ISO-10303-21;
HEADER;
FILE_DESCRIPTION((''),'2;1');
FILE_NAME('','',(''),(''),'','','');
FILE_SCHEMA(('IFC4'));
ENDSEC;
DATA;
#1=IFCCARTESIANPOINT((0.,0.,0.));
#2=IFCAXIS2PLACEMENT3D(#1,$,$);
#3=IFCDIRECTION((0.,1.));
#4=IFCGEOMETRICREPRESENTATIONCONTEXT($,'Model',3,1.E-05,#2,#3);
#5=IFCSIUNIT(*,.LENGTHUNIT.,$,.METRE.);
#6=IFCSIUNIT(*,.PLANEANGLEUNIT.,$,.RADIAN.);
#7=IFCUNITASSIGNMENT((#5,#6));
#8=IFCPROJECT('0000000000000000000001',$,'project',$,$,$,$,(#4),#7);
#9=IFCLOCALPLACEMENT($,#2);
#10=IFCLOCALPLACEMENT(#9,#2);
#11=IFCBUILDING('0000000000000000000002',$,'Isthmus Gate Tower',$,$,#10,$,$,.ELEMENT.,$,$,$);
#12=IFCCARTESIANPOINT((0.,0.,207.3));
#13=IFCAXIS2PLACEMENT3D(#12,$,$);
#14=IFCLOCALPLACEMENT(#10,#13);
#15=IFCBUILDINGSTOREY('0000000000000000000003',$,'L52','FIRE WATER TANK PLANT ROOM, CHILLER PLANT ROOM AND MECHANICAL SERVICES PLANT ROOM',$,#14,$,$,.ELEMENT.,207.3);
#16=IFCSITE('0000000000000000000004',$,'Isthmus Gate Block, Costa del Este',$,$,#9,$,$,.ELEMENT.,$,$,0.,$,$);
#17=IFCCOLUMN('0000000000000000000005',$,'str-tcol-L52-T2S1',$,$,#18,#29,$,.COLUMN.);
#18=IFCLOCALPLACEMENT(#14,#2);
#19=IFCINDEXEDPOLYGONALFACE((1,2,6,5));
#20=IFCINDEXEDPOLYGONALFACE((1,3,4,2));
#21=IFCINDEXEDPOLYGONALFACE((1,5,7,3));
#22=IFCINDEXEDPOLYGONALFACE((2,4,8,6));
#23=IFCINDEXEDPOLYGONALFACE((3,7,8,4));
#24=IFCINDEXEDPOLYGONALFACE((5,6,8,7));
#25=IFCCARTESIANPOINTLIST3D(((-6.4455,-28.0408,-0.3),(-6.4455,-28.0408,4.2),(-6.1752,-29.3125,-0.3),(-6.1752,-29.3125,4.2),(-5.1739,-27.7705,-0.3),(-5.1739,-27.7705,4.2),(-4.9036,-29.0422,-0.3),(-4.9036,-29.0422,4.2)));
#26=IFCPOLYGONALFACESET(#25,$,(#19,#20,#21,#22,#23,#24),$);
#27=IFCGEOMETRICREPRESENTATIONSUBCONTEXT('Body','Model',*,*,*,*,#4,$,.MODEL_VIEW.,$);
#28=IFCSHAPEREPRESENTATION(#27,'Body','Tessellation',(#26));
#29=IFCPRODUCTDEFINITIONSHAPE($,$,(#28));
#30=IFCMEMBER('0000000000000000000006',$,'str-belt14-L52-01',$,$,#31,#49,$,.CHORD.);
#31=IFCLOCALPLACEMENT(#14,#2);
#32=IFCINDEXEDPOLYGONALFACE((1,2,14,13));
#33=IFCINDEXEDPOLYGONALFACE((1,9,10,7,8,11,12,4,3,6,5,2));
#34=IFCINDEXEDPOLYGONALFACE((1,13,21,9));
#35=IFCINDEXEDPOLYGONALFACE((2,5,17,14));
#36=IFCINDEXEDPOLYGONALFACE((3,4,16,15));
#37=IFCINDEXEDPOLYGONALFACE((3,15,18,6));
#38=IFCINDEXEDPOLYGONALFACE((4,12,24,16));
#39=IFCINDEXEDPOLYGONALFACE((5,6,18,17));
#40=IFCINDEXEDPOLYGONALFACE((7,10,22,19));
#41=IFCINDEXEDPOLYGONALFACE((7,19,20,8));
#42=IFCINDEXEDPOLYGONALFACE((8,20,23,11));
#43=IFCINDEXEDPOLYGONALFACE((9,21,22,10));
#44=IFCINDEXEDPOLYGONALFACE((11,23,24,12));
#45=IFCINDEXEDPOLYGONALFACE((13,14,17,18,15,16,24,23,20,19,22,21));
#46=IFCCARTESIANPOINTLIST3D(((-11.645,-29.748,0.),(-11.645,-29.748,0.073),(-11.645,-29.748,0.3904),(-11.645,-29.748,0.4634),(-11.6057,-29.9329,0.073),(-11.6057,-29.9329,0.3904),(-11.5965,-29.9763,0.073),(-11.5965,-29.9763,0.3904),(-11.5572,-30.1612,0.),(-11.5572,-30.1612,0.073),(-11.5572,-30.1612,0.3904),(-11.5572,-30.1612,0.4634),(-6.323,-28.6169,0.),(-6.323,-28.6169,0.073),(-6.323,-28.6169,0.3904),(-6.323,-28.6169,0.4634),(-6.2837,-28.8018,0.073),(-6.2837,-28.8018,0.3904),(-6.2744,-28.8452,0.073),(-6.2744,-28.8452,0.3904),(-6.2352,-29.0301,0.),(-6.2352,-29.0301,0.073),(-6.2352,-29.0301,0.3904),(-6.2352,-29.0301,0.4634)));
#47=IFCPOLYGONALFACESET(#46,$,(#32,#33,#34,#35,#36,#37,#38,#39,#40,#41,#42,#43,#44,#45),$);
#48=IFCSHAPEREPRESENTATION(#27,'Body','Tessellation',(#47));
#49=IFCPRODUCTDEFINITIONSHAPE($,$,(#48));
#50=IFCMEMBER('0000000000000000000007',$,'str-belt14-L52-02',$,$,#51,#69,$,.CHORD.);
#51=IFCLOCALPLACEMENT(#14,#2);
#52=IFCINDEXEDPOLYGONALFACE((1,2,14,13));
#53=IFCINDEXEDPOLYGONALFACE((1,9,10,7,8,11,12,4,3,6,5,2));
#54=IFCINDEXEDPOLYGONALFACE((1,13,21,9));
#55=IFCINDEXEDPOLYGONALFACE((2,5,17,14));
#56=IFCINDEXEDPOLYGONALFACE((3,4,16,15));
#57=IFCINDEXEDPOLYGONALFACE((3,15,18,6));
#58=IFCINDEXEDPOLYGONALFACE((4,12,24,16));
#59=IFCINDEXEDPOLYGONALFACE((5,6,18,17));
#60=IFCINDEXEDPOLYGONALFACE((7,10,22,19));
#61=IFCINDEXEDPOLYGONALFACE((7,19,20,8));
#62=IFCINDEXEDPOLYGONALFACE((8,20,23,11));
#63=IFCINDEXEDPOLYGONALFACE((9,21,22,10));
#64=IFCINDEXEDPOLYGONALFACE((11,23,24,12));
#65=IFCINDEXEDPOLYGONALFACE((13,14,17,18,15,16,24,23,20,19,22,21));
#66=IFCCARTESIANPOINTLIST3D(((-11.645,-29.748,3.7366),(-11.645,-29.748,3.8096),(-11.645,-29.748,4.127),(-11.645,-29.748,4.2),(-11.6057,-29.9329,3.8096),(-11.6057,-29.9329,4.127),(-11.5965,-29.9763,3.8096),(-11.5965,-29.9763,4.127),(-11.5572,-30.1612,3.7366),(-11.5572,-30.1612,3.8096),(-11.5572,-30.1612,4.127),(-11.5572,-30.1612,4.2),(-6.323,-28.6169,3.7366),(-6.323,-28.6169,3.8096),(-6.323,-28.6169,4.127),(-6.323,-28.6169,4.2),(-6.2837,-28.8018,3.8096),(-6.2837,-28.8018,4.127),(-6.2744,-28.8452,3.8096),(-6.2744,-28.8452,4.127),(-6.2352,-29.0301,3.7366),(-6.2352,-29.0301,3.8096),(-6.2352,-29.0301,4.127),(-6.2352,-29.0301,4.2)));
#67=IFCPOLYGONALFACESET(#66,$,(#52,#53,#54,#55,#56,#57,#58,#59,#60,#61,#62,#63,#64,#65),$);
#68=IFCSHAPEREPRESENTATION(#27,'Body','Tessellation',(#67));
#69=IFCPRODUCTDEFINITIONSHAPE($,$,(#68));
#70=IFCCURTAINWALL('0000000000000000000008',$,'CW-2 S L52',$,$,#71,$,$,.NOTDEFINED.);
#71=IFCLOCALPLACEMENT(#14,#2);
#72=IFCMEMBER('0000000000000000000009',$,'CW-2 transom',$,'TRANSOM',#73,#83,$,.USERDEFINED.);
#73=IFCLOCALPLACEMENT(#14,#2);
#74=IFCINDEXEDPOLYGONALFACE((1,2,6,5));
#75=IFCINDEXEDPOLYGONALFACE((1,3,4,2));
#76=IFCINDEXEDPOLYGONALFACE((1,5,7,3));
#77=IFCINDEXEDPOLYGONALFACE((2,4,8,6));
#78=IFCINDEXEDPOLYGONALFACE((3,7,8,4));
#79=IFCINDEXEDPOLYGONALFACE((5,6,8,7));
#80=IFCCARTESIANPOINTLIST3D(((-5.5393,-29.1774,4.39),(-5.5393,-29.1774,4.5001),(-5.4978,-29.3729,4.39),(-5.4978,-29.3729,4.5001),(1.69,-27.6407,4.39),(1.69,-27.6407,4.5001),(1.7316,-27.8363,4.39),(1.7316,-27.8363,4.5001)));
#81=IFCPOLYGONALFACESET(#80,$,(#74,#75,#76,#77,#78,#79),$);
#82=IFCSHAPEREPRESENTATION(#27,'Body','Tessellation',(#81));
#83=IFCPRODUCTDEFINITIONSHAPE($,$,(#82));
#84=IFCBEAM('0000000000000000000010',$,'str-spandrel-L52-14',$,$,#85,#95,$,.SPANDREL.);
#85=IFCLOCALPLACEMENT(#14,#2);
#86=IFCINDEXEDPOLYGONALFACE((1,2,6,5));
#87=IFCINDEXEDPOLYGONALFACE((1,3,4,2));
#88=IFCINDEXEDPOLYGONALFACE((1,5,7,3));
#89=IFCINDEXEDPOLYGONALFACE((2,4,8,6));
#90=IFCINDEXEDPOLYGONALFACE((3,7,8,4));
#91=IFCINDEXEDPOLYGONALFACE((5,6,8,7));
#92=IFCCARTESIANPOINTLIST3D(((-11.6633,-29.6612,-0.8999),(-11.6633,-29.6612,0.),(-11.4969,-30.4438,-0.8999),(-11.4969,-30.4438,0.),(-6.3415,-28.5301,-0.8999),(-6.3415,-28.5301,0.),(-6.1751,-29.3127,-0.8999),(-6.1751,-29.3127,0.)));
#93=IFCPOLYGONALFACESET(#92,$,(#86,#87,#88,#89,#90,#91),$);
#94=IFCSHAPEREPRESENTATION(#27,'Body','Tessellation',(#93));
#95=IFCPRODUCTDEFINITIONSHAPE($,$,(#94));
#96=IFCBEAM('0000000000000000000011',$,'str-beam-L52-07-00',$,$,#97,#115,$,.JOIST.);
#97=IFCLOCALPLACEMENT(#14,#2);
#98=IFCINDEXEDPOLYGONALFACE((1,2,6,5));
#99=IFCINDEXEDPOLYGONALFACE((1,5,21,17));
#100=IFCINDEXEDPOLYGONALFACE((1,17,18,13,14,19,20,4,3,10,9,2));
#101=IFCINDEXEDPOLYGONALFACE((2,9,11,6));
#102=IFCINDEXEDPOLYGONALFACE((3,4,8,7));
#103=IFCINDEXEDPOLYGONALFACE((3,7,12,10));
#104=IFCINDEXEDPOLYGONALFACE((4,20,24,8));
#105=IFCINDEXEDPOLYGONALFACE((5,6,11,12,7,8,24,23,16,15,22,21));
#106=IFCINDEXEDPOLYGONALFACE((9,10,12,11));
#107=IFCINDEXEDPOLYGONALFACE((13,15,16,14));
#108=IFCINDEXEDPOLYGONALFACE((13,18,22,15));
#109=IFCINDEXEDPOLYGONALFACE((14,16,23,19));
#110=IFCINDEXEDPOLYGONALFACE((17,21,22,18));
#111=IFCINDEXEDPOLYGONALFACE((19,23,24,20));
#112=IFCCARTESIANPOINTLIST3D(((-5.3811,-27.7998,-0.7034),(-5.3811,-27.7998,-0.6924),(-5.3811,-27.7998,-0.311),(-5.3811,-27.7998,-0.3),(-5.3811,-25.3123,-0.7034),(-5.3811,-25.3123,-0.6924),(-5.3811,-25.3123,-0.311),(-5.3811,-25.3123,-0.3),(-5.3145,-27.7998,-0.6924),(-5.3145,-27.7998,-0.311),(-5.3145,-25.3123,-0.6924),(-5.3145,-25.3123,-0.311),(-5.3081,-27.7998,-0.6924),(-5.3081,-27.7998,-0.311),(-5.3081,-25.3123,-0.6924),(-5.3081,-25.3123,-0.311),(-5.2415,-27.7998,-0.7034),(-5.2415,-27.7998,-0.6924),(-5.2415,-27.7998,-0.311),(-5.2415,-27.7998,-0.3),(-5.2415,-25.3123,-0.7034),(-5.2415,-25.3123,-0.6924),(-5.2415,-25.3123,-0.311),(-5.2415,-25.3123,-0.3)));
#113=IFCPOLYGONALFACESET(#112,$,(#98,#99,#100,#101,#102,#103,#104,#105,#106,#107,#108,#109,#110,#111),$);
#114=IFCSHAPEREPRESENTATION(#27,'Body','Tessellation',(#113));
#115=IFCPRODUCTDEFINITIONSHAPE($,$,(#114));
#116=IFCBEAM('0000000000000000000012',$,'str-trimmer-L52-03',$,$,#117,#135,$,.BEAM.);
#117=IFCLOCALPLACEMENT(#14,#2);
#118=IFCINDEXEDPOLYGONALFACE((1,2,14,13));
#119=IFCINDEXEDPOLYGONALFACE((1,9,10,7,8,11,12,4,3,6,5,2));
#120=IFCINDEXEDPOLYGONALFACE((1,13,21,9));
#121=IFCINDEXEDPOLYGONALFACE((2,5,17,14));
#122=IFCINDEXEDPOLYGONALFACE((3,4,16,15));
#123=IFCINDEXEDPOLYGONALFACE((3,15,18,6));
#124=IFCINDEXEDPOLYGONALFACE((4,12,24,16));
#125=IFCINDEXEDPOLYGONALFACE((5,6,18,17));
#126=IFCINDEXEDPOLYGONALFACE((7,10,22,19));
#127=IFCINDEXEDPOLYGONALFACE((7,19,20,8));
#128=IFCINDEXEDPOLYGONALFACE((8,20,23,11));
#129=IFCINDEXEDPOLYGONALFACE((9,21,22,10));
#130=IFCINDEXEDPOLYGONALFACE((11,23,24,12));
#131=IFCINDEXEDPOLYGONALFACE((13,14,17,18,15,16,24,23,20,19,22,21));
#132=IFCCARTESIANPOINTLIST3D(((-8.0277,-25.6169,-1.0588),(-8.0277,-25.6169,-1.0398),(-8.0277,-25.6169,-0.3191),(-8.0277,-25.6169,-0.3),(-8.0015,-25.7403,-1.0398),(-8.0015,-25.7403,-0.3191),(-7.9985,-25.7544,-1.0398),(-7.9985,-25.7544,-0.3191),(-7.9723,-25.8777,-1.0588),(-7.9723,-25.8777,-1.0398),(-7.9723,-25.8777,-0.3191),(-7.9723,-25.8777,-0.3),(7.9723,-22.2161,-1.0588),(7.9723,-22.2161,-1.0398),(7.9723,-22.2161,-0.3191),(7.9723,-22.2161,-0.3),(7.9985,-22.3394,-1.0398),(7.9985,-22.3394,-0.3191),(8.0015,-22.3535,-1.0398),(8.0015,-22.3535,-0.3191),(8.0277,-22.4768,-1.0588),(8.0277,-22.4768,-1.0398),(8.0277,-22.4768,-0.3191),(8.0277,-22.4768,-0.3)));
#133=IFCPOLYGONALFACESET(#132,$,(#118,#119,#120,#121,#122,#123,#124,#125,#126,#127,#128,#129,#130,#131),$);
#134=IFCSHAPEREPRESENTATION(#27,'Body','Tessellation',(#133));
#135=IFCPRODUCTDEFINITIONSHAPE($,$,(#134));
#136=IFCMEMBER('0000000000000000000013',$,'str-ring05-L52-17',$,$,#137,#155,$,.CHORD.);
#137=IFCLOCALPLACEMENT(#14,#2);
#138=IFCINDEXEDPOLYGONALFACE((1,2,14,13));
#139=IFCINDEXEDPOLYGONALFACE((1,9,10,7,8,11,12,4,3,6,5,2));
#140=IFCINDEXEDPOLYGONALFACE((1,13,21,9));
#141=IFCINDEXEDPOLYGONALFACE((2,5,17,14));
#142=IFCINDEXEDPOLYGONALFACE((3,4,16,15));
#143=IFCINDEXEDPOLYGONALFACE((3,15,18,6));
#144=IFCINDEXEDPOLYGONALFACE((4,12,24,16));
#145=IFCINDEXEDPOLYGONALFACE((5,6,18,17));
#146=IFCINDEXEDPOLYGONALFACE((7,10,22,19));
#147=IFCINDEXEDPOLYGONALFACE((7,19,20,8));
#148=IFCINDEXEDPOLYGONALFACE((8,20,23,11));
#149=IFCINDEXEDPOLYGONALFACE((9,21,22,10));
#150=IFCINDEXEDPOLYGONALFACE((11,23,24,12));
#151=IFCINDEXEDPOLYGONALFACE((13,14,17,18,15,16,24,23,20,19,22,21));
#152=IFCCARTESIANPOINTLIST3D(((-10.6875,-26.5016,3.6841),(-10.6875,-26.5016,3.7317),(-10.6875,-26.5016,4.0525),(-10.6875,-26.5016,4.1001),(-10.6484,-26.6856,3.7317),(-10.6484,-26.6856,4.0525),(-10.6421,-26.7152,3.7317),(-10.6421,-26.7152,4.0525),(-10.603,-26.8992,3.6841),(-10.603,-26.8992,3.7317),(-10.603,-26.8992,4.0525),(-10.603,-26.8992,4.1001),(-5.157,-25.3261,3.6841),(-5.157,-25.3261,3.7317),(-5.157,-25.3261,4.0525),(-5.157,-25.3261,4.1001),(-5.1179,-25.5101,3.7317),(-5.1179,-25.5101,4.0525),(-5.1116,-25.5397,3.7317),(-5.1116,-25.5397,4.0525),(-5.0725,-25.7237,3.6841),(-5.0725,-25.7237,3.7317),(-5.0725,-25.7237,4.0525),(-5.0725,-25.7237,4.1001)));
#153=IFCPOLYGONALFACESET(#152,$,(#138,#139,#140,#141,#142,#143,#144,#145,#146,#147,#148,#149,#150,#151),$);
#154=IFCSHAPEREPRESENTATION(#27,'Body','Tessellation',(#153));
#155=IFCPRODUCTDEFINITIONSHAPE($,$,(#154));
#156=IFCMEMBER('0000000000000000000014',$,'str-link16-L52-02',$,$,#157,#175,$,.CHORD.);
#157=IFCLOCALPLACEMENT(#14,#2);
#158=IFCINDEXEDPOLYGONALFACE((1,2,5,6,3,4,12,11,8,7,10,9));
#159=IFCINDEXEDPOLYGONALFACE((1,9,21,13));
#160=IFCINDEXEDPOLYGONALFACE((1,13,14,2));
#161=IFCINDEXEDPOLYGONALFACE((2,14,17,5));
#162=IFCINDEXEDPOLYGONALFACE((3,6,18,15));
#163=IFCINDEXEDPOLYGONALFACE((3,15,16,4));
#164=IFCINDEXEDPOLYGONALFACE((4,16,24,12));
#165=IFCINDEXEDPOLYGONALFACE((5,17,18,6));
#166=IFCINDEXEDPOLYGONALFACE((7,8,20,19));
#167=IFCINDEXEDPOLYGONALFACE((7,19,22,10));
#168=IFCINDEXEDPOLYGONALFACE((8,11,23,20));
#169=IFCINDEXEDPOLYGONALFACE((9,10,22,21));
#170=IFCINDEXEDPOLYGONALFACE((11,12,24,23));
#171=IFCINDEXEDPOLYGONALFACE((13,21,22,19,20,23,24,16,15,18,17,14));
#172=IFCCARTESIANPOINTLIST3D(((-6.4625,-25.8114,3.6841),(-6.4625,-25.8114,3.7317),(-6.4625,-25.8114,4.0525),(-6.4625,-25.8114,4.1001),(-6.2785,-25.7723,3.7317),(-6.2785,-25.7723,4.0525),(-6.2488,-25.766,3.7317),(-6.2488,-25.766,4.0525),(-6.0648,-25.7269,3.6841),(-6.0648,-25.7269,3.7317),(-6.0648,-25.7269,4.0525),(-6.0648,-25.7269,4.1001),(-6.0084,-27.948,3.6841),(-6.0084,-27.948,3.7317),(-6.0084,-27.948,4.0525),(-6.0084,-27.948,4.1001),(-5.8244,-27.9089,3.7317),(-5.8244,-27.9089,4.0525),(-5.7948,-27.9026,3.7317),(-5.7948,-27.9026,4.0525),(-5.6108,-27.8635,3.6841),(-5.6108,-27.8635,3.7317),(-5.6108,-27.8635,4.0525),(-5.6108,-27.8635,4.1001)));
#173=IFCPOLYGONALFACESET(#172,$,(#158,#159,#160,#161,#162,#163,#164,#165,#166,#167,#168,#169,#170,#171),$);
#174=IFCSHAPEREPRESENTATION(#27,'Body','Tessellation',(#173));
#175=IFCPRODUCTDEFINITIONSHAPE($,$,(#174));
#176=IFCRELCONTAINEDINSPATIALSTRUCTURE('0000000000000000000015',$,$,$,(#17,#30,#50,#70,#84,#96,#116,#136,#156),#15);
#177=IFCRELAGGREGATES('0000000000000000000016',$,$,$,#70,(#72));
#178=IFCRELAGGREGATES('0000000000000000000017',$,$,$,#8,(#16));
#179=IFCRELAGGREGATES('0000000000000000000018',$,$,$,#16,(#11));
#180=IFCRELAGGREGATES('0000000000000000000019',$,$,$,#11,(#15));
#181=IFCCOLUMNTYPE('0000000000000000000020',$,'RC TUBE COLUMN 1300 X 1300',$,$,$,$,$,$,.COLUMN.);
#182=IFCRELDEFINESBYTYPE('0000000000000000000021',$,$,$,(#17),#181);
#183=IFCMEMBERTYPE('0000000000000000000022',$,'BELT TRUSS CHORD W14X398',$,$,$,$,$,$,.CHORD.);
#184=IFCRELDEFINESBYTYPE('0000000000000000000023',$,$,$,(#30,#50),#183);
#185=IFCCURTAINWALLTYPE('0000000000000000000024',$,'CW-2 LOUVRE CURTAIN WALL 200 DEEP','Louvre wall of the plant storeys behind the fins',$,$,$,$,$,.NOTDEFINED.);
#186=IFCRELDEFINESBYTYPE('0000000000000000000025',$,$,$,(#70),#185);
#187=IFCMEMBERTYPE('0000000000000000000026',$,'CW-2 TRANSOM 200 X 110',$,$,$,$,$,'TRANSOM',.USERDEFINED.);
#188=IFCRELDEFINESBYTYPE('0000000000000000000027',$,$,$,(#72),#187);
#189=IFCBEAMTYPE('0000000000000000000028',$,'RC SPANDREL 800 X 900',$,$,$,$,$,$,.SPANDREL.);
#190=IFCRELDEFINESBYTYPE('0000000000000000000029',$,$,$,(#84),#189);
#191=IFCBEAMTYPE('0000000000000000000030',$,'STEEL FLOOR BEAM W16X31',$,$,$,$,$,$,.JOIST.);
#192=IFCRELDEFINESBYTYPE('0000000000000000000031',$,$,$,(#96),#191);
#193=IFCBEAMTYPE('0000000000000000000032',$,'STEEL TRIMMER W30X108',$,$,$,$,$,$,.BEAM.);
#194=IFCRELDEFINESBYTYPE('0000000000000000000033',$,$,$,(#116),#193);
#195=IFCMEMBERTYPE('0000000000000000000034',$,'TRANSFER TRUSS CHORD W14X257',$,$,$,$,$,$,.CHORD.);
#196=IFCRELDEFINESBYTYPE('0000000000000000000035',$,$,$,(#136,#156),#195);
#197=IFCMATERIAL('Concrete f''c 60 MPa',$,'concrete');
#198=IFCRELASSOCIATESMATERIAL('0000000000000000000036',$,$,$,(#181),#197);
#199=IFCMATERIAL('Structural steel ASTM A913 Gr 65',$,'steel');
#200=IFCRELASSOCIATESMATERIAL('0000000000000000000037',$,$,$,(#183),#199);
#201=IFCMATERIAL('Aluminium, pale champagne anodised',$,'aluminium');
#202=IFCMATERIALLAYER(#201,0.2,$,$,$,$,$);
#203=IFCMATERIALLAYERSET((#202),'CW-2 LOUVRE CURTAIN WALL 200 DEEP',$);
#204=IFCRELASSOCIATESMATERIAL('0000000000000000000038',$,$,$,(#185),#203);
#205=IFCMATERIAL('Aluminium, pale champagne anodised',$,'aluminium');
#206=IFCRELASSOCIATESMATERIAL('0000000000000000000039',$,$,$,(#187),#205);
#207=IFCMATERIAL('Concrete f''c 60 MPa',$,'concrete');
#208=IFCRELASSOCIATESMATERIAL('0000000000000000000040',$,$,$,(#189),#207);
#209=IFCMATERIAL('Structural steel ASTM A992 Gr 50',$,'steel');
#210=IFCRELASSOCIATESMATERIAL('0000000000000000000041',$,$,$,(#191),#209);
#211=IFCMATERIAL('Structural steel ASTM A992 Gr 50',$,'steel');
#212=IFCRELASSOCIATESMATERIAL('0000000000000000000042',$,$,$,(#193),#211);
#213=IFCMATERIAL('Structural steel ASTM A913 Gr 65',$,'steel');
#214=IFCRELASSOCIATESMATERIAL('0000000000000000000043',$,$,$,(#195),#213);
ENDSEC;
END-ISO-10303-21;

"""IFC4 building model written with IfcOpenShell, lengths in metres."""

from ifc_helpers import new_model, si_unit, direction, frame, origin, origin_2d, place, context, subcontext, project, spatial, rectangle, i_section, extrude, material, layer, layer_set, material_profile, profile_set, type_object, element, aggregate, save


model = new_model("IFC4")

# Units and contexts
model_context = context("Model", 3, precision=1e-05, world=origin(), true_north=direction((0.0, 1.0)))
body_context = subcontext(model_context, "Body", "Model", "MODEL_VIEW")
ifc_project = project(units=[si_unit("LENGTHUNIT", "METRE"), si_unit("PLANEANGLEUNIT", "RADIAN")], contexts=[model_context])

# Site, building, storey
site_placement = place(None, origin())
site = spatial("IfcSite", under=ifc_project, at=site_placement, Name="Isthmus Gate Block, Costa del Este", CompositionType="ELEMENT", RefElevation=0.0)
building_placement = place(site_placement, origin())
building = spatial("IfcBuilding", under=site, at=building_placement, Name="Isthmus Gate Tower", CompositionType="ELEMENT")
storey_placement = place(building_placement, frame((0.0, 0.0, 207.3)))
storey = spatial("IfcBuildingStorey", under=building, at=storey_placement, Name="L52", Description="FIRE WATER TANK PLANT ROOM, CHILLER PLANT ROOM AND MECHANICAL SERVICES PLANT ROOM", CompositionType="ELEMENT", Elevation=207.3)

# Column
ifc_material_1 = material(Name="Concrete f'c 60 MPa", Category="concrete")
ifc_material_profile_1 = material_profile(ifc_material_1, rectangle(XDim=1.3, YDim=1.3, at=origin_2d()), Name="RC 1300X1300")
ifc_profile_set_1 = profile_set([ifc_material_profile_1], Name="Concrete f'c 60 MPa")
column_type = type_object("IfcColumnType", Name="RC TUBE COLUMN 1300 X 1300", PredefinedType="COLUMN", material=ifc_profile_set_1)
column_placement = place(storey_placement, frame((-5.6746, -28.5415, -0.3), z_axis=(0.0, 0.0, 1.0), x_axis=(0.978148, 0.207912, 0.0)))
element("IfcColumn", 1, at=column_placement, inside=storey, type_object=column_type, Name="str-tcol-L52-T2S1", PredefinedType="COLUMN", context=body_context, shape_type="SweptSolid", body=[
    extrude(rectangle(XDim=1.3, YDim=1.3, at=origin_2d()), origin(), (0.0, 0.0, 1.0), 4.5),
])

# Members
ifc_material_2 = material(Name="Structural steel ASTM A913 Gr 65", Category="steel")
ifc_material_profile_2 = material_profile(ifc_material_2, i_section(OverallWidth=0.4224, OverallDepth=0.4634, WebThickness=0.0444, FlangeThickness=0.073, at=origin_2d()), Name="W14X398")
ifc_profile_set_2 = profile_set([ifc_material_profile_2], Name="Structural steel ASTM A913 Gr 65")
member_type_1 = type_object("IfcMemberType", Name="BELT TRUSS CHORD W14X398", PredefinedType="CHORD", material=ifc_profile_set_2)
for number, where, z_axis, x_axis, name in (
    (2, (-6.2791, -28.8235, 0.2317), (-0.978152, -0.207889, 0.0), (0.207889, -0.978152, 0.0), "str-belt14-L52-01"),
    (3, (-6.2791, -28.8235, 3.9683), (-0.978152, -0.207889, 0.0), (0.207889, -0.978152, 0.0), "str-belt14-L52-02"),
):
    element("IfcMember", number, at=place(storey_placement, frame(where, z_axis=z_axis, x_axis=x_axis)), inside=storey, type_object=member_type_1, Name=name, PredefinedType="CHORD", context=body_context, shape_type="SweptSolid", body=[
        extrude(i_section(OverallWidth=0.4224, OverallDepth=0.4634, WebThickness=0.0444, FlangeThickness=0.073, at=origin_2d()), origin(), (0.0, 0.0, 1.0), 5.4409),
    ])

# Curtain wall, member
ifc_material_3 = material(Name="Aluminium, pale champagne anodised", Category="aluminium")
ifc_layer_1 = layer(ifc_material_3, 0.2)
ifc_layer_set_1 = layer_set([ifc_layer_1], Name="CW-2 LOUVRE CURTAIN WALL 200 DEEP")
curtain_wall_type = type_object("IfcCurtainWallType", Name="CW-2 LOUVRE CURTAIN WALL 200 DEEP", Description="Louvre wall of the plant storeys behind the fins", PredefinedType="NOTDEFINED", material=ifc_layer_set_1)
curtain_wall_placement = place(storey_placement, origin())
curtain_wall = element("IfcCurtainWall", 4, at=curtain_wall_placement, inside=storey, type_object=curtain_wall_type, Name="CW-2 S L52", PredefinedType="NOTDEFINED")
ifc_material_4 = material(Name="Aluminium, pale champagne anodised", Category="aluminium")
ifc_material_profile_3 = material_profile(ifc_material_4, rectangle(XDim=0.2, YDim=0.1101, at=origin_2d()), Name="200x110")
ifc_profile_set_3 = profile_set([ifc_material_profile_3], Name="Aluminium, pale champagne anodised")
member_type_2 = type_object("IfcMemberType", Name="CW-2 TRANSOM 200 X 110", ElementType="TRANSOM", PredefinedType="USERDEFINED", material=ifc_profile_set_3)
member_1_placement = place(storey_placement, frame((-5.5186, -29.2751, 4.4451), z_axis=(0.978148, 0.207911, 0.0), x_axis=(-0.207911, 0.978148, 0.0)))
member_1 = element("IfcMember", 5, at=member_1_placement, type_object=member_type_2, Name="CW-2 transom", ObjectType="TRANSOM", PredefinedType="USERDEFINED", context=body_context, shape_type="SweptSolid", body=[
    extrude(rectangle(XDim=0.2, YDim=0.1101, at=origin_2d()), origin(), (0.0, 0.0, 1.0), 7.3909),
])

# Beams
ifc_material_5 = material(Name="Concrete f'c 60 MPa", Category="concrete")
ifc_material_profile_4 = material_profile(ifc_material_5, rectangle(XDim=0.8, YDim=0.8999, at=origin_2d()), Name="RC 800X900")
ifc_profile_set_4 = profile_set([ifc_material_profile_4], Name="Concrete f'c 60 MPa")
beam_type_1 = type_object("IfcBeamType", Name="RC SPANDREL 800 X 900", PredefinedType="SPANDREL", material=ifc_profile_set_4)
beam_1_placement = place(storey_placement, frame((-6.2583, -28.9214, -0.45), z_axis=(-0.97815, -0.207898, 0.0), x_axis=(0.207898, -0.97815, 0.0)))
element("IfcBeam", 6, at=beam_1_placement, inside=storey, type_object=beam_type_1, Name="str-spandrel-L52-14", PredefinedType="SPANDREL", context=body_context, shape_type="SweptSolid", body=[
    extrude(rectangle(XDim=0.8, YDim=0.8999, at=origin_2d()), origin(), (0.0, 0.0, 1.0), 5.4407),
])
ifc_material_6 = material(Name="Structural steel ASTM A992 Gr 50", Category="steel")
ifc_material_profile_5 = material_profile(ifc_material_6, i_section(OverallWidth=0.1396, OverallDepth=0.4033, WebThickness=0.0063, FlangeThickness=0.011, at=origin_2d()), Name="W16X31")
ifc_profile_set_5 = profile_set([ifc_material_profile_5], Name="Structural steel ASTM A992 Gr 50")
beam_type_2 = type_object("IfcBeamType", Name="STEEL FLOOR BEAM W16X31", PredefinedType="JOIST", material=ifc_profile_set_5)
beam_2_placement = place(storey_placement, frame((-5.3113, -27.7998, -0.5017), z_axis=(0.0, 1.0, 0.0), x_axis=(-1.0, 0.0, 0.0)))
element("IfcBeam", 7, at=beam_2_placement, inside=storey, type_object=beam_type_2, Name="str-beam-L52-07-00", PredefinedType="JOIST", context=body_context, shape_type="SweptSolid", body=[
    extrude(i_section(OverallWidth=0.1396, OverallDepth=0.4033, WebThickness=0.0063, FlangeThickness=0.011, at=origin_2d()), origin(), (0.0, 0.0, 1.0), 2.4875),
])
ifc_material_7 = material(Name="Structural steel ASTM A992 Gr 50", Category="steel")
ifc_material_profile_6 = material_profile(ifc_material_7, i_section(OverallWidth=0.2666, OverallDepth=0.7588, WebThickness=0.0144, FlangeThickness=0.019, at=origin_2d()), Name="W30X108")
ifc_profile_set_6 = profile_set([ifc_material_profile_6], Name="Structural steel ASTM A992 Gr 50")
beam_type_3 = type_object("IfcBeamType", Name="STEEL TRIMMER W30X108", PredefinedType="BEAM", material=ifc_profile_set_6)
beam_3_placement = place(storey_placement, frame((-8.0, -25.7473, -0.6794), z_axis=(0.978148, 0.20791, 0.0), x_axis=(-0.20791, 0.978148, 0.0)))
element("IfcBeam", 8, at=beam_3_placement, inside=storey, type_object=beam_type_3, Name="str-trimmer-L52-03", PredefinedType="BEAM", context=body_context, shape_type="SweptSolid", body=[
    extrude(i_section(OverallWidth=0.2666, OverallDepth=0.7588, WebThickness=0.0144, FlangeThickness=0.019, at=origin_2d()), origin(), (0.0, 0.0, 1.0), 16.3574),
])

# Members
ifc_material_8 = material(Name="Structural steel ASTM A913 Gr 65", Category="steel")
ifc_material_profile_7 = material_profile(ifc_material_8, i_section(OverallWidth=0.4065, OverallDepth=0.416, WebThickness=0.0303, FlangeThickness=0.0476, at=origin_2d()), Name="W14X257")
ifc_profile_set_7 = profile_set([ifc_material_profile_7], Name="Structural steel ASTM A913 Gr 65")
member_type_3 = type_object("IfcMemberType", Name="TRANSFER TRUSS CHORD W14X257", PredefinedType="CHORD", material=ifc_profile_set_7)
member_2_placement = place(storey_placement, frame((-5.1147, -25.5249, 3.8921), z_axis=(-0.978148, -0.20791, 0.0), x_axis=(0.20791, -0.978148, 0.0)))
element("IfcMember", 9, at=member_2_placement, inside=storey, type_object=member_type_3, Name="str-ring05-L52-17", PredefinedType="CHORD", context=body_context, shape_type="SweptSolid", body=[
    extrude(i_section(OverallWidth=0.4065, OverallDepth=0.416, WebThickness=0.0303, FlangeThickness=0.0476, at=origin_2d()), origin(), (0.0, 0.0, 1.0), 5.6541),
])
member_3_placement = place(storey_placement, frame((-5.8096, -27.9058, 3.8921), z_axis=(-0.20788, 0.978154, 0.0), x_axis=(-0.978154, -0.20788, 0.0)))
element("IfcMember", 10, at=member_3_placement, inside=storey, type_object=member_type_3, Name="str-link16-L52-02", PredefinedType="CHORD", context=body_context, shape_type="SweptSolid", body=[
    extrude(i_section(OverallWidth=0.4065, OverallDepth=0.416, WebThickness=0.0303, FlangeThickness=0.0476, at=origin_2d()), origin(), (0.0, 0.0, 1.0), 2.1843),
])

aggregate(curtain_wall, [member_1])

save(model, "model.ifc")
